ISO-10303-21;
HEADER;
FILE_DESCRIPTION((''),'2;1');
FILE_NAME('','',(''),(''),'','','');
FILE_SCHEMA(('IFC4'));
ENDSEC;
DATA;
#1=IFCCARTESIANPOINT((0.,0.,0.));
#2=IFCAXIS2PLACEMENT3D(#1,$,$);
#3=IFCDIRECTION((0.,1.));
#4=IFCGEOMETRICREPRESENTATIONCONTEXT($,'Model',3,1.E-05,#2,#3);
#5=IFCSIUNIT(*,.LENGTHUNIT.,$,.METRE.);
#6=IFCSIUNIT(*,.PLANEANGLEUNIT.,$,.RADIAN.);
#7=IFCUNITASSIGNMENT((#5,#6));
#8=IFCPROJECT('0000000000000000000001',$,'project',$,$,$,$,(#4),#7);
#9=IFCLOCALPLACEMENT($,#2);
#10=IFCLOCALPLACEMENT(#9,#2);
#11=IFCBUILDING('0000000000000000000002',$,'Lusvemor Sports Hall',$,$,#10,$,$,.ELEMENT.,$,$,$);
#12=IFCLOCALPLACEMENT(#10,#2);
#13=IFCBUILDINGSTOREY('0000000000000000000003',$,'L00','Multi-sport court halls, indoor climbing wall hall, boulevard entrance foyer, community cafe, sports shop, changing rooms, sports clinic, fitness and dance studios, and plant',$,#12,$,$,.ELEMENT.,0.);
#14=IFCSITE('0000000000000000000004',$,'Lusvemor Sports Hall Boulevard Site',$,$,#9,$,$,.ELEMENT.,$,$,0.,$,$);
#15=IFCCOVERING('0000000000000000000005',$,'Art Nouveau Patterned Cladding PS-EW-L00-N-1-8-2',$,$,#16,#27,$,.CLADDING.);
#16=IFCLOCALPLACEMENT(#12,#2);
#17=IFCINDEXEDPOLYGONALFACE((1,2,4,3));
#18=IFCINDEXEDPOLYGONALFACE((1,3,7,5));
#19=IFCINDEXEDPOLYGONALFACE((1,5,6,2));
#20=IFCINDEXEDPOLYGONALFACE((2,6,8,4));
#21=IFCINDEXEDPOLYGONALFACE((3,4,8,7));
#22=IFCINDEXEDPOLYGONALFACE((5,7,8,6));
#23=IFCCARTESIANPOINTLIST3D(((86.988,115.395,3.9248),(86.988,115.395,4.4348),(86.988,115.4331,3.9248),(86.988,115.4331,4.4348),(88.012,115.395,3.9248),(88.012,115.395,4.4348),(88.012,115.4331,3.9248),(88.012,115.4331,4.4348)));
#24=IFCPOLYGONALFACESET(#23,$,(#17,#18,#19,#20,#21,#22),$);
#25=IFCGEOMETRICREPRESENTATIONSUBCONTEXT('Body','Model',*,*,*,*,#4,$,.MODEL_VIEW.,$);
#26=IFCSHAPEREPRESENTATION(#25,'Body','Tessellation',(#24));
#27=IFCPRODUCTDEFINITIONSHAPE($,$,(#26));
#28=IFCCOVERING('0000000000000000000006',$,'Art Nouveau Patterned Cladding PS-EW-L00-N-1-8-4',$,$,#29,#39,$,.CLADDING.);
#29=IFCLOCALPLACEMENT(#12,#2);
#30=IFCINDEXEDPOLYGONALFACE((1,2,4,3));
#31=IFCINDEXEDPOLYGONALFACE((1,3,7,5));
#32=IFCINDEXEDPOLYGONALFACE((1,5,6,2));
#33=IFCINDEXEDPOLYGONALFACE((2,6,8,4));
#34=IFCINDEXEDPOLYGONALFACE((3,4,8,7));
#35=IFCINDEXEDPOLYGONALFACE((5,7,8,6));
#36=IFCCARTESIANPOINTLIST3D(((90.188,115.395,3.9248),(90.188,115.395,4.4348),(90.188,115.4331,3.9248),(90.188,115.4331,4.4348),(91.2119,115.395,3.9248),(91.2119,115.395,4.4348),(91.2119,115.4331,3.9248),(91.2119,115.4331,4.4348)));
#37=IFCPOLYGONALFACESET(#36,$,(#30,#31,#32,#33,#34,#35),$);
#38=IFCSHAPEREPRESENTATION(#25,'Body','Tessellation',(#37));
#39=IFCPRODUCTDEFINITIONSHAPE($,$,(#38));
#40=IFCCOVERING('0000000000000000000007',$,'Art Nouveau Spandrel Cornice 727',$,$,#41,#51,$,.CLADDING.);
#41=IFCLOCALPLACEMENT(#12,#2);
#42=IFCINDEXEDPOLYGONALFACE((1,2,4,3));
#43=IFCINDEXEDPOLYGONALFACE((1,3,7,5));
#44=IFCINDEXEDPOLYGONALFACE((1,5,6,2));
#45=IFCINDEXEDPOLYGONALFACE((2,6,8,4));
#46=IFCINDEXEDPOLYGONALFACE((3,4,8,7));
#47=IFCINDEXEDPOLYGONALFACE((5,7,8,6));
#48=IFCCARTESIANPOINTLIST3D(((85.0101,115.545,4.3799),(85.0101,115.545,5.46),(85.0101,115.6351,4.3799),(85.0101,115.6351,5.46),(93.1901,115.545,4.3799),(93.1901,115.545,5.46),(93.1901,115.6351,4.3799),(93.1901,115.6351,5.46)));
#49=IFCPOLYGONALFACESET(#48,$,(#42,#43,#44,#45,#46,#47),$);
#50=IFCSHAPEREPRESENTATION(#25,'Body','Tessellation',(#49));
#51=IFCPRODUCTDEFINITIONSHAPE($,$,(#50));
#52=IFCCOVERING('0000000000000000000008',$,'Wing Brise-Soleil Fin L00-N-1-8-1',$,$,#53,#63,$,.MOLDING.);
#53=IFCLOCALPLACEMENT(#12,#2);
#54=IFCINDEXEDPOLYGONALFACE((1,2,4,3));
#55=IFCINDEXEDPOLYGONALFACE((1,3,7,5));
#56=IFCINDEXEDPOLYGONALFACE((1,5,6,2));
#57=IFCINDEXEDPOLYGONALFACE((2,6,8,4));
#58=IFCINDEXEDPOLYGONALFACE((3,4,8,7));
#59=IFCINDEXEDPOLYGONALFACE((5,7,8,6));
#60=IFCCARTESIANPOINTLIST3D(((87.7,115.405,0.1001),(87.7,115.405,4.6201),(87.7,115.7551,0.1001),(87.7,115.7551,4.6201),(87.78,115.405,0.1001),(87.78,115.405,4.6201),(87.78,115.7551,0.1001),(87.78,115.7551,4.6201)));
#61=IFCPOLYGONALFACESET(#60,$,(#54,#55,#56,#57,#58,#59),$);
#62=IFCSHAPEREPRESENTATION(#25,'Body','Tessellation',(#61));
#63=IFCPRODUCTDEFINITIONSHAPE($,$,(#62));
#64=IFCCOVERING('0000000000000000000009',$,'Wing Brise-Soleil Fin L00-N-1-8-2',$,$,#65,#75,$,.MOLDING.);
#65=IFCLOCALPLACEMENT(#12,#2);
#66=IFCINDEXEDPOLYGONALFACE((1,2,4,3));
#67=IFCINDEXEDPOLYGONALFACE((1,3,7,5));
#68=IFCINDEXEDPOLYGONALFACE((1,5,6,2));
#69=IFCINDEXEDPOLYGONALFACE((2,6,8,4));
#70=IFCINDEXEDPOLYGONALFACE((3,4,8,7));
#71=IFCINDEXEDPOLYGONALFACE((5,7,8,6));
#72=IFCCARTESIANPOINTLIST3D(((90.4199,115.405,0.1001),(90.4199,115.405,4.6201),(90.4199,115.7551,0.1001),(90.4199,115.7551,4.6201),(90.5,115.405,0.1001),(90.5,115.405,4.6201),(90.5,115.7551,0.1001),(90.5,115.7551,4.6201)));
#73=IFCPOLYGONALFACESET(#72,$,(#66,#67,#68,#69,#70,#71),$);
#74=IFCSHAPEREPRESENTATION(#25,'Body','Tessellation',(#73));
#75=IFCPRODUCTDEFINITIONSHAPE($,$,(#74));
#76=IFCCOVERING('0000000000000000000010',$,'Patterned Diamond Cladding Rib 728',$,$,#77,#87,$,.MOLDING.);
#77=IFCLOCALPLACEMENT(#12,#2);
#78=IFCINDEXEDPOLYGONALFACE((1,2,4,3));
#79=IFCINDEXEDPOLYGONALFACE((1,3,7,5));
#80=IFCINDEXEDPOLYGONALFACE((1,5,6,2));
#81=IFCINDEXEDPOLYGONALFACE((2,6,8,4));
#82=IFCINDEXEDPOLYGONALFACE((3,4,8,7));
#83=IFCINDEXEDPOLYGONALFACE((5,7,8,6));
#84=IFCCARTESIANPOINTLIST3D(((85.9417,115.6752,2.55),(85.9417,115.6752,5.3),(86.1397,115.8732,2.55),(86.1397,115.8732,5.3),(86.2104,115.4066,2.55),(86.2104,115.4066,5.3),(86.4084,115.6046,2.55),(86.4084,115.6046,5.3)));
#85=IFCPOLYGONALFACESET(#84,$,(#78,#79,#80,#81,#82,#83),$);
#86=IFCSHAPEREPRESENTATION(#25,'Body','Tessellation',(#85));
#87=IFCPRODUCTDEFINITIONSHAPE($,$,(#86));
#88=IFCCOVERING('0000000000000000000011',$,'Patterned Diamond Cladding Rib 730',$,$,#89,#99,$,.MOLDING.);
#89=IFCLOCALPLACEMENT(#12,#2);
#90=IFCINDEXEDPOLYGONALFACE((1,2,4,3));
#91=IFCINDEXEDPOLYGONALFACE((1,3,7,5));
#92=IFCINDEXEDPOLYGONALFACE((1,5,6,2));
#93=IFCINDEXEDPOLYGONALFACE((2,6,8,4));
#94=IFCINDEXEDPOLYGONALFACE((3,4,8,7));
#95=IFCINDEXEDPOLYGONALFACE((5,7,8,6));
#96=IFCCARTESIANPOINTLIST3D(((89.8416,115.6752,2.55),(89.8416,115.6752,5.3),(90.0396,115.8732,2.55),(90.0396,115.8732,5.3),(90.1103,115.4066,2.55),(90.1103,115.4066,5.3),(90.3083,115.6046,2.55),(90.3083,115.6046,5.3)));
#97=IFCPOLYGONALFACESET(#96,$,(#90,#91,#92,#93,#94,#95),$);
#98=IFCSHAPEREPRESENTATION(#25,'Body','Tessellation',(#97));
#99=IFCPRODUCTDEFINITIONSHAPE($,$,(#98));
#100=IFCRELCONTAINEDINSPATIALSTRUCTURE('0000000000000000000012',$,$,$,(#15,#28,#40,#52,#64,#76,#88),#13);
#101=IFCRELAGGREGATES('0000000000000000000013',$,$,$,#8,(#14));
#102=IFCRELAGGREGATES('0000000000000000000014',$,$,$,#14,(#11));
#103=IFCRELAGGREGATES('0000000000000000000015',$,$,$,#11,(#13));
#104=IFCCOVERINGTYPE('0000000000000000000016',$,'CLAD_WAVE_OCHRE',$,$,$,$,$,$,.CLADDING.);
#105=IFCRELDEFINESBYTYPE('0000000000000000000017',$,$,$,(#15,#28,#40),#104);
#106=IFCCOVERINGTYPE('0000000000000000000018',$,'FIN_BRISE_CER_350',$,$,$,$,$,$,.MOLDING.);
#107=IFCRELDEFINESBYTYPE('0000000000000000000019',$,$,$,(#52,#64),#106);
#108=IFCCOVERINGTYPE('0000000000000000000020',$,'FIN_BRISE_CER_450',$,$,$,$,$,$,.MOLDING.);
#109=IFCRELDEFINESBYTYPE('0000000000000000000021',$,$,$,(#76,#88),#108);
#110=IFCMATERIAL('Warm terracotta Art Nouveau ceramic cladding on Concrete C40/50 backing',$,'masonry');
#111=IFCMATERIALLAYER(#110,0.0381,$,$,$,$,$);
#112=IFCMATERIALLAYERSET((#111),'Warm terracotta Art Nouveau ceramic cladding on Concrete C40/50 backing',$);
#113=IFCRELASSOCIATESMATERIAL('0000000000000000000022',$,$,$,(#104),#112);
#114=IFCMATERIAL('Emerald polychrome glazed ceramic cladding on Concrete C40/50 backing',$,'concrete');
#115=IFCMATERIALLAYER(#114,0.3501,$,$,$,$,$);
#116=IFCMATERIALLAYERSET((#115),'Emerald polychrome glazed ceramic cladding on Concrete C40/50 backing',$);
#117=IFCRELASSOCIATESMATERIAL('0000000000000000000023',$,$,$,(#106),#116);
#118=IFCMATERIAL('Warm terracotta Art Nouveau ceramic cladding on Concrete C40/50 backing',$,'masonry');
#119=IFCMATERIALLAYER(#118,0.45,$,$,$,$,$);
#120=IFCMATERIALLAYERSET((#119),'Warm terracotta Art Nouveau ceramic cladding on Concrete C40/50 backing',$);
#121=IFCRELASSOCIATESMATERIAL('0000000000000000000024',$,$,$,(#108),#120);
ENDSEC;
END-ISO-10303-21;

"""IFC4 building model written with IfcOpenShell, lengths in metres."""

from ifc_helpers import new_model, si_unit, direction, frame, origin, origin_2d, place, context, subcontext, project, spatial, rectangle, extrude, material, layer, layer_set, type_object, element, save


model = new_model("IFC4")

# Units and contexts
model_context = context("Model", 3, precision=1e-05, world=origin(), true_north=direction((0.0, 1.0)))
body_context = subcontext(model_context, "Body", "Model", "MODEL_VIEW")
ifc_project = project(units=[si_unit("LENGTHUNIT", "METRE"), si_unit("PLANEANGLEUNIT", "RADIAN")], contexts=[model_context])

# Site, building, storey
site_placement = place(None, origin())
site = spatial("IfcSite", under=ifc_project, at=site_placement, Name="Lusvemor Sports Hall Boulevard Site", CompositionType="ELEMENT", RefElevation=0.0)
building_placement = place(site_placement, origin())
building = spatial("IfcBuilding", under=site, at=building_placement, Name="Lusvemor Sports Hall", CompositionType="ELEMENT")
storey_placement = place(building_placement, origin())
storey = spatial("IfcBuildingStorey", under=building, at=storey_placement, Name="L00", Description="Multi-sport court halls, indoor climbing wall hall, boulevard entrance foyer, community cafe, sports shop, changing rooms, sports clinic, fitness and dance studios, and plant", CompositionType="ELEMENT", Elevation=0.0)

# Coverings
ifc_material_1 = material(Name="Warm terracotta Art Nouveau ceramic cladding on Concrete C40/50 backing", Category="masonry")
ifc_layer_1 = layer(ifc_material_1, 0.0381)
ifc_layer_set_1 = layer_set([ifc_layer_1], Name="Warm terracotta Art Nouveau ceramic cladding on Concrete C40/50 backing")
covering_type_1 = type_object("IfcCoveringType", Name="CLAD_WAVE_OCHRE", PredefinedType="CLADDING", material=ifc_layer_set_1)
for number, where, z_axis, x_axis, name in (
    (1, (87.5, 115.4141, 3.9248), (0.0, 0.0, 1.0), (1.0, 0.0, 0.0), "Art Nouveau Patterned Cladding PS-EW-L00-N-1-8-2"),
    (2, (90.7, 115.4141, 3.9248), (0.0, 0.0, 1.0), (1.0, 0.0, 0.0), "Art Nouveau Patterned Cladding PS-EW-L00-N-1-8-4"),
):
    element("IfcCovering", number, at=place(storey_placement, frame(where, z_axis=z_axis, x_axis=x_axis)), inside=storey, type_object=covering_type_1, Name=name, PredefinedType="CLADDING", context=body_context, shape_type="SweptSolid", body=[
        extrude(rectangle(XDim=1.0239, YDim=0.0381, at=origin_2d()), origin(), (0.0, 0.0, 1.0), 0.51),
    ])
covering_placement = place(storey_placement, frame((89.1001, 115.5901, 4.3799), z_axis=(0.0, 0.0, 1.0), x_axis=(1.0, 0.0, 0.0)))
element("IfcCovering", 3, at=covering_placement, inside=storey, type_object=covering_type_1, Name="Art Nouveau Spandrel Cornice 727", PredefinedType="CLADDING", context=body_context, shape_type="SweptSolid", body=[
    extrude(rectangle(XDim=8.1799, YDim=0.0901, at=origin_2d()), origin(), (0.0, 0.0, 1.0), 1.0801),
])
ifc_material_2 = material(Name="Emerald polychrome glazed ceramic cladding on Concrete C40/50 backing", Category="concrete")
ifc_layer_2 = layer(ifc_material_2, 0.3501)
ifc_layer_set_2 = layer_set([ifc_layer_2], Name="Emerald polychrome glazed ceramic cladding on Concrete C40/50 backing")
covering_type_2 = type_object("IfcCoveringType", Name="FIN_BRISE_CER_350", PredefinedType="MOLDING", material=ifc_layer_set_2)
for number, where, z_axis, x_axis, name in (
    (4, (87.74, 115.5801, 0.1001), (0.0, 0.0, 1.0), (1.0, 0.0, 0.0), "Wing Brise-Soleil Fin L00-N-1-8-1"),
    (5, (90.46, 115.5801, 0.1001), (0.0, 0.0, 1.0), (1.0, 0.0, 0.0), "Wing Brise-Soleil Fin L00-N-1-8-2"),
):
    element("IfcCovering", number, at=place(storey_placement, frame(where, z_axis=z_axis, x_axis=x_axis)), inside=storey, type_object=covering_type_2, Name=name, PredefinedType="MOLDING", context=body_context, shape_type="SweptSolid", body=[
        extrude(rectangle(XDim=0.0801, YDim=0.3501, at=origin_2d()), origin(), (0.0, 0.0, 1.0), 4.52),
    ])
ifc_material_3 = material(Name="Warm terracotta Art Nouveau ceramic cladding on Concrete C40/50 backing", Category="masonry")
ifc_layer_3 = layer(ifc_material_3, 0.45)
ifc_layer_set_3 = layer_set([ifc_layer_3], Name="Warm terracotta Art Nouveau ceramic cladding on Concrete C40/50 backing")
covering_type_3 = type_object("IfcCoveringType", Name="FIN_BRISE_CER_450", PredefinedType="MOLDING", material=ifc_layer_set_3)
for number, where, z_axis, x_axis, name in (
    (6, (86.175, 115.6399, 2.55), (0.0, 0.0, 1.0), (0.707107, 0.707107, 0.0), "Patterned Diamond Cladding Rib 728"),
    (7, (90.075, 115.6399, 2.55), (0.0, 0.0, 1.0), (0.707107, 0.707107, 0.0), "Patterned Diamond Cladding Rib 730"),
):
    element("IfcCovering", number, at=place(storey_placement, frame(where, z_axis=z_axis, x_axis=x_axis)), inside=storey, type_object=covering_type_3, Name=name, PredefinedType="MOLDING", context=body_context, shape_type="SweptSolid", body=[
        extrude(rectangle(XDim=0.28, YDim=0.3799, at=origin_2d()), origin(), (0.0, 0.0, 1.0), 2.75),
    ])

save(model, "model.ifc")
